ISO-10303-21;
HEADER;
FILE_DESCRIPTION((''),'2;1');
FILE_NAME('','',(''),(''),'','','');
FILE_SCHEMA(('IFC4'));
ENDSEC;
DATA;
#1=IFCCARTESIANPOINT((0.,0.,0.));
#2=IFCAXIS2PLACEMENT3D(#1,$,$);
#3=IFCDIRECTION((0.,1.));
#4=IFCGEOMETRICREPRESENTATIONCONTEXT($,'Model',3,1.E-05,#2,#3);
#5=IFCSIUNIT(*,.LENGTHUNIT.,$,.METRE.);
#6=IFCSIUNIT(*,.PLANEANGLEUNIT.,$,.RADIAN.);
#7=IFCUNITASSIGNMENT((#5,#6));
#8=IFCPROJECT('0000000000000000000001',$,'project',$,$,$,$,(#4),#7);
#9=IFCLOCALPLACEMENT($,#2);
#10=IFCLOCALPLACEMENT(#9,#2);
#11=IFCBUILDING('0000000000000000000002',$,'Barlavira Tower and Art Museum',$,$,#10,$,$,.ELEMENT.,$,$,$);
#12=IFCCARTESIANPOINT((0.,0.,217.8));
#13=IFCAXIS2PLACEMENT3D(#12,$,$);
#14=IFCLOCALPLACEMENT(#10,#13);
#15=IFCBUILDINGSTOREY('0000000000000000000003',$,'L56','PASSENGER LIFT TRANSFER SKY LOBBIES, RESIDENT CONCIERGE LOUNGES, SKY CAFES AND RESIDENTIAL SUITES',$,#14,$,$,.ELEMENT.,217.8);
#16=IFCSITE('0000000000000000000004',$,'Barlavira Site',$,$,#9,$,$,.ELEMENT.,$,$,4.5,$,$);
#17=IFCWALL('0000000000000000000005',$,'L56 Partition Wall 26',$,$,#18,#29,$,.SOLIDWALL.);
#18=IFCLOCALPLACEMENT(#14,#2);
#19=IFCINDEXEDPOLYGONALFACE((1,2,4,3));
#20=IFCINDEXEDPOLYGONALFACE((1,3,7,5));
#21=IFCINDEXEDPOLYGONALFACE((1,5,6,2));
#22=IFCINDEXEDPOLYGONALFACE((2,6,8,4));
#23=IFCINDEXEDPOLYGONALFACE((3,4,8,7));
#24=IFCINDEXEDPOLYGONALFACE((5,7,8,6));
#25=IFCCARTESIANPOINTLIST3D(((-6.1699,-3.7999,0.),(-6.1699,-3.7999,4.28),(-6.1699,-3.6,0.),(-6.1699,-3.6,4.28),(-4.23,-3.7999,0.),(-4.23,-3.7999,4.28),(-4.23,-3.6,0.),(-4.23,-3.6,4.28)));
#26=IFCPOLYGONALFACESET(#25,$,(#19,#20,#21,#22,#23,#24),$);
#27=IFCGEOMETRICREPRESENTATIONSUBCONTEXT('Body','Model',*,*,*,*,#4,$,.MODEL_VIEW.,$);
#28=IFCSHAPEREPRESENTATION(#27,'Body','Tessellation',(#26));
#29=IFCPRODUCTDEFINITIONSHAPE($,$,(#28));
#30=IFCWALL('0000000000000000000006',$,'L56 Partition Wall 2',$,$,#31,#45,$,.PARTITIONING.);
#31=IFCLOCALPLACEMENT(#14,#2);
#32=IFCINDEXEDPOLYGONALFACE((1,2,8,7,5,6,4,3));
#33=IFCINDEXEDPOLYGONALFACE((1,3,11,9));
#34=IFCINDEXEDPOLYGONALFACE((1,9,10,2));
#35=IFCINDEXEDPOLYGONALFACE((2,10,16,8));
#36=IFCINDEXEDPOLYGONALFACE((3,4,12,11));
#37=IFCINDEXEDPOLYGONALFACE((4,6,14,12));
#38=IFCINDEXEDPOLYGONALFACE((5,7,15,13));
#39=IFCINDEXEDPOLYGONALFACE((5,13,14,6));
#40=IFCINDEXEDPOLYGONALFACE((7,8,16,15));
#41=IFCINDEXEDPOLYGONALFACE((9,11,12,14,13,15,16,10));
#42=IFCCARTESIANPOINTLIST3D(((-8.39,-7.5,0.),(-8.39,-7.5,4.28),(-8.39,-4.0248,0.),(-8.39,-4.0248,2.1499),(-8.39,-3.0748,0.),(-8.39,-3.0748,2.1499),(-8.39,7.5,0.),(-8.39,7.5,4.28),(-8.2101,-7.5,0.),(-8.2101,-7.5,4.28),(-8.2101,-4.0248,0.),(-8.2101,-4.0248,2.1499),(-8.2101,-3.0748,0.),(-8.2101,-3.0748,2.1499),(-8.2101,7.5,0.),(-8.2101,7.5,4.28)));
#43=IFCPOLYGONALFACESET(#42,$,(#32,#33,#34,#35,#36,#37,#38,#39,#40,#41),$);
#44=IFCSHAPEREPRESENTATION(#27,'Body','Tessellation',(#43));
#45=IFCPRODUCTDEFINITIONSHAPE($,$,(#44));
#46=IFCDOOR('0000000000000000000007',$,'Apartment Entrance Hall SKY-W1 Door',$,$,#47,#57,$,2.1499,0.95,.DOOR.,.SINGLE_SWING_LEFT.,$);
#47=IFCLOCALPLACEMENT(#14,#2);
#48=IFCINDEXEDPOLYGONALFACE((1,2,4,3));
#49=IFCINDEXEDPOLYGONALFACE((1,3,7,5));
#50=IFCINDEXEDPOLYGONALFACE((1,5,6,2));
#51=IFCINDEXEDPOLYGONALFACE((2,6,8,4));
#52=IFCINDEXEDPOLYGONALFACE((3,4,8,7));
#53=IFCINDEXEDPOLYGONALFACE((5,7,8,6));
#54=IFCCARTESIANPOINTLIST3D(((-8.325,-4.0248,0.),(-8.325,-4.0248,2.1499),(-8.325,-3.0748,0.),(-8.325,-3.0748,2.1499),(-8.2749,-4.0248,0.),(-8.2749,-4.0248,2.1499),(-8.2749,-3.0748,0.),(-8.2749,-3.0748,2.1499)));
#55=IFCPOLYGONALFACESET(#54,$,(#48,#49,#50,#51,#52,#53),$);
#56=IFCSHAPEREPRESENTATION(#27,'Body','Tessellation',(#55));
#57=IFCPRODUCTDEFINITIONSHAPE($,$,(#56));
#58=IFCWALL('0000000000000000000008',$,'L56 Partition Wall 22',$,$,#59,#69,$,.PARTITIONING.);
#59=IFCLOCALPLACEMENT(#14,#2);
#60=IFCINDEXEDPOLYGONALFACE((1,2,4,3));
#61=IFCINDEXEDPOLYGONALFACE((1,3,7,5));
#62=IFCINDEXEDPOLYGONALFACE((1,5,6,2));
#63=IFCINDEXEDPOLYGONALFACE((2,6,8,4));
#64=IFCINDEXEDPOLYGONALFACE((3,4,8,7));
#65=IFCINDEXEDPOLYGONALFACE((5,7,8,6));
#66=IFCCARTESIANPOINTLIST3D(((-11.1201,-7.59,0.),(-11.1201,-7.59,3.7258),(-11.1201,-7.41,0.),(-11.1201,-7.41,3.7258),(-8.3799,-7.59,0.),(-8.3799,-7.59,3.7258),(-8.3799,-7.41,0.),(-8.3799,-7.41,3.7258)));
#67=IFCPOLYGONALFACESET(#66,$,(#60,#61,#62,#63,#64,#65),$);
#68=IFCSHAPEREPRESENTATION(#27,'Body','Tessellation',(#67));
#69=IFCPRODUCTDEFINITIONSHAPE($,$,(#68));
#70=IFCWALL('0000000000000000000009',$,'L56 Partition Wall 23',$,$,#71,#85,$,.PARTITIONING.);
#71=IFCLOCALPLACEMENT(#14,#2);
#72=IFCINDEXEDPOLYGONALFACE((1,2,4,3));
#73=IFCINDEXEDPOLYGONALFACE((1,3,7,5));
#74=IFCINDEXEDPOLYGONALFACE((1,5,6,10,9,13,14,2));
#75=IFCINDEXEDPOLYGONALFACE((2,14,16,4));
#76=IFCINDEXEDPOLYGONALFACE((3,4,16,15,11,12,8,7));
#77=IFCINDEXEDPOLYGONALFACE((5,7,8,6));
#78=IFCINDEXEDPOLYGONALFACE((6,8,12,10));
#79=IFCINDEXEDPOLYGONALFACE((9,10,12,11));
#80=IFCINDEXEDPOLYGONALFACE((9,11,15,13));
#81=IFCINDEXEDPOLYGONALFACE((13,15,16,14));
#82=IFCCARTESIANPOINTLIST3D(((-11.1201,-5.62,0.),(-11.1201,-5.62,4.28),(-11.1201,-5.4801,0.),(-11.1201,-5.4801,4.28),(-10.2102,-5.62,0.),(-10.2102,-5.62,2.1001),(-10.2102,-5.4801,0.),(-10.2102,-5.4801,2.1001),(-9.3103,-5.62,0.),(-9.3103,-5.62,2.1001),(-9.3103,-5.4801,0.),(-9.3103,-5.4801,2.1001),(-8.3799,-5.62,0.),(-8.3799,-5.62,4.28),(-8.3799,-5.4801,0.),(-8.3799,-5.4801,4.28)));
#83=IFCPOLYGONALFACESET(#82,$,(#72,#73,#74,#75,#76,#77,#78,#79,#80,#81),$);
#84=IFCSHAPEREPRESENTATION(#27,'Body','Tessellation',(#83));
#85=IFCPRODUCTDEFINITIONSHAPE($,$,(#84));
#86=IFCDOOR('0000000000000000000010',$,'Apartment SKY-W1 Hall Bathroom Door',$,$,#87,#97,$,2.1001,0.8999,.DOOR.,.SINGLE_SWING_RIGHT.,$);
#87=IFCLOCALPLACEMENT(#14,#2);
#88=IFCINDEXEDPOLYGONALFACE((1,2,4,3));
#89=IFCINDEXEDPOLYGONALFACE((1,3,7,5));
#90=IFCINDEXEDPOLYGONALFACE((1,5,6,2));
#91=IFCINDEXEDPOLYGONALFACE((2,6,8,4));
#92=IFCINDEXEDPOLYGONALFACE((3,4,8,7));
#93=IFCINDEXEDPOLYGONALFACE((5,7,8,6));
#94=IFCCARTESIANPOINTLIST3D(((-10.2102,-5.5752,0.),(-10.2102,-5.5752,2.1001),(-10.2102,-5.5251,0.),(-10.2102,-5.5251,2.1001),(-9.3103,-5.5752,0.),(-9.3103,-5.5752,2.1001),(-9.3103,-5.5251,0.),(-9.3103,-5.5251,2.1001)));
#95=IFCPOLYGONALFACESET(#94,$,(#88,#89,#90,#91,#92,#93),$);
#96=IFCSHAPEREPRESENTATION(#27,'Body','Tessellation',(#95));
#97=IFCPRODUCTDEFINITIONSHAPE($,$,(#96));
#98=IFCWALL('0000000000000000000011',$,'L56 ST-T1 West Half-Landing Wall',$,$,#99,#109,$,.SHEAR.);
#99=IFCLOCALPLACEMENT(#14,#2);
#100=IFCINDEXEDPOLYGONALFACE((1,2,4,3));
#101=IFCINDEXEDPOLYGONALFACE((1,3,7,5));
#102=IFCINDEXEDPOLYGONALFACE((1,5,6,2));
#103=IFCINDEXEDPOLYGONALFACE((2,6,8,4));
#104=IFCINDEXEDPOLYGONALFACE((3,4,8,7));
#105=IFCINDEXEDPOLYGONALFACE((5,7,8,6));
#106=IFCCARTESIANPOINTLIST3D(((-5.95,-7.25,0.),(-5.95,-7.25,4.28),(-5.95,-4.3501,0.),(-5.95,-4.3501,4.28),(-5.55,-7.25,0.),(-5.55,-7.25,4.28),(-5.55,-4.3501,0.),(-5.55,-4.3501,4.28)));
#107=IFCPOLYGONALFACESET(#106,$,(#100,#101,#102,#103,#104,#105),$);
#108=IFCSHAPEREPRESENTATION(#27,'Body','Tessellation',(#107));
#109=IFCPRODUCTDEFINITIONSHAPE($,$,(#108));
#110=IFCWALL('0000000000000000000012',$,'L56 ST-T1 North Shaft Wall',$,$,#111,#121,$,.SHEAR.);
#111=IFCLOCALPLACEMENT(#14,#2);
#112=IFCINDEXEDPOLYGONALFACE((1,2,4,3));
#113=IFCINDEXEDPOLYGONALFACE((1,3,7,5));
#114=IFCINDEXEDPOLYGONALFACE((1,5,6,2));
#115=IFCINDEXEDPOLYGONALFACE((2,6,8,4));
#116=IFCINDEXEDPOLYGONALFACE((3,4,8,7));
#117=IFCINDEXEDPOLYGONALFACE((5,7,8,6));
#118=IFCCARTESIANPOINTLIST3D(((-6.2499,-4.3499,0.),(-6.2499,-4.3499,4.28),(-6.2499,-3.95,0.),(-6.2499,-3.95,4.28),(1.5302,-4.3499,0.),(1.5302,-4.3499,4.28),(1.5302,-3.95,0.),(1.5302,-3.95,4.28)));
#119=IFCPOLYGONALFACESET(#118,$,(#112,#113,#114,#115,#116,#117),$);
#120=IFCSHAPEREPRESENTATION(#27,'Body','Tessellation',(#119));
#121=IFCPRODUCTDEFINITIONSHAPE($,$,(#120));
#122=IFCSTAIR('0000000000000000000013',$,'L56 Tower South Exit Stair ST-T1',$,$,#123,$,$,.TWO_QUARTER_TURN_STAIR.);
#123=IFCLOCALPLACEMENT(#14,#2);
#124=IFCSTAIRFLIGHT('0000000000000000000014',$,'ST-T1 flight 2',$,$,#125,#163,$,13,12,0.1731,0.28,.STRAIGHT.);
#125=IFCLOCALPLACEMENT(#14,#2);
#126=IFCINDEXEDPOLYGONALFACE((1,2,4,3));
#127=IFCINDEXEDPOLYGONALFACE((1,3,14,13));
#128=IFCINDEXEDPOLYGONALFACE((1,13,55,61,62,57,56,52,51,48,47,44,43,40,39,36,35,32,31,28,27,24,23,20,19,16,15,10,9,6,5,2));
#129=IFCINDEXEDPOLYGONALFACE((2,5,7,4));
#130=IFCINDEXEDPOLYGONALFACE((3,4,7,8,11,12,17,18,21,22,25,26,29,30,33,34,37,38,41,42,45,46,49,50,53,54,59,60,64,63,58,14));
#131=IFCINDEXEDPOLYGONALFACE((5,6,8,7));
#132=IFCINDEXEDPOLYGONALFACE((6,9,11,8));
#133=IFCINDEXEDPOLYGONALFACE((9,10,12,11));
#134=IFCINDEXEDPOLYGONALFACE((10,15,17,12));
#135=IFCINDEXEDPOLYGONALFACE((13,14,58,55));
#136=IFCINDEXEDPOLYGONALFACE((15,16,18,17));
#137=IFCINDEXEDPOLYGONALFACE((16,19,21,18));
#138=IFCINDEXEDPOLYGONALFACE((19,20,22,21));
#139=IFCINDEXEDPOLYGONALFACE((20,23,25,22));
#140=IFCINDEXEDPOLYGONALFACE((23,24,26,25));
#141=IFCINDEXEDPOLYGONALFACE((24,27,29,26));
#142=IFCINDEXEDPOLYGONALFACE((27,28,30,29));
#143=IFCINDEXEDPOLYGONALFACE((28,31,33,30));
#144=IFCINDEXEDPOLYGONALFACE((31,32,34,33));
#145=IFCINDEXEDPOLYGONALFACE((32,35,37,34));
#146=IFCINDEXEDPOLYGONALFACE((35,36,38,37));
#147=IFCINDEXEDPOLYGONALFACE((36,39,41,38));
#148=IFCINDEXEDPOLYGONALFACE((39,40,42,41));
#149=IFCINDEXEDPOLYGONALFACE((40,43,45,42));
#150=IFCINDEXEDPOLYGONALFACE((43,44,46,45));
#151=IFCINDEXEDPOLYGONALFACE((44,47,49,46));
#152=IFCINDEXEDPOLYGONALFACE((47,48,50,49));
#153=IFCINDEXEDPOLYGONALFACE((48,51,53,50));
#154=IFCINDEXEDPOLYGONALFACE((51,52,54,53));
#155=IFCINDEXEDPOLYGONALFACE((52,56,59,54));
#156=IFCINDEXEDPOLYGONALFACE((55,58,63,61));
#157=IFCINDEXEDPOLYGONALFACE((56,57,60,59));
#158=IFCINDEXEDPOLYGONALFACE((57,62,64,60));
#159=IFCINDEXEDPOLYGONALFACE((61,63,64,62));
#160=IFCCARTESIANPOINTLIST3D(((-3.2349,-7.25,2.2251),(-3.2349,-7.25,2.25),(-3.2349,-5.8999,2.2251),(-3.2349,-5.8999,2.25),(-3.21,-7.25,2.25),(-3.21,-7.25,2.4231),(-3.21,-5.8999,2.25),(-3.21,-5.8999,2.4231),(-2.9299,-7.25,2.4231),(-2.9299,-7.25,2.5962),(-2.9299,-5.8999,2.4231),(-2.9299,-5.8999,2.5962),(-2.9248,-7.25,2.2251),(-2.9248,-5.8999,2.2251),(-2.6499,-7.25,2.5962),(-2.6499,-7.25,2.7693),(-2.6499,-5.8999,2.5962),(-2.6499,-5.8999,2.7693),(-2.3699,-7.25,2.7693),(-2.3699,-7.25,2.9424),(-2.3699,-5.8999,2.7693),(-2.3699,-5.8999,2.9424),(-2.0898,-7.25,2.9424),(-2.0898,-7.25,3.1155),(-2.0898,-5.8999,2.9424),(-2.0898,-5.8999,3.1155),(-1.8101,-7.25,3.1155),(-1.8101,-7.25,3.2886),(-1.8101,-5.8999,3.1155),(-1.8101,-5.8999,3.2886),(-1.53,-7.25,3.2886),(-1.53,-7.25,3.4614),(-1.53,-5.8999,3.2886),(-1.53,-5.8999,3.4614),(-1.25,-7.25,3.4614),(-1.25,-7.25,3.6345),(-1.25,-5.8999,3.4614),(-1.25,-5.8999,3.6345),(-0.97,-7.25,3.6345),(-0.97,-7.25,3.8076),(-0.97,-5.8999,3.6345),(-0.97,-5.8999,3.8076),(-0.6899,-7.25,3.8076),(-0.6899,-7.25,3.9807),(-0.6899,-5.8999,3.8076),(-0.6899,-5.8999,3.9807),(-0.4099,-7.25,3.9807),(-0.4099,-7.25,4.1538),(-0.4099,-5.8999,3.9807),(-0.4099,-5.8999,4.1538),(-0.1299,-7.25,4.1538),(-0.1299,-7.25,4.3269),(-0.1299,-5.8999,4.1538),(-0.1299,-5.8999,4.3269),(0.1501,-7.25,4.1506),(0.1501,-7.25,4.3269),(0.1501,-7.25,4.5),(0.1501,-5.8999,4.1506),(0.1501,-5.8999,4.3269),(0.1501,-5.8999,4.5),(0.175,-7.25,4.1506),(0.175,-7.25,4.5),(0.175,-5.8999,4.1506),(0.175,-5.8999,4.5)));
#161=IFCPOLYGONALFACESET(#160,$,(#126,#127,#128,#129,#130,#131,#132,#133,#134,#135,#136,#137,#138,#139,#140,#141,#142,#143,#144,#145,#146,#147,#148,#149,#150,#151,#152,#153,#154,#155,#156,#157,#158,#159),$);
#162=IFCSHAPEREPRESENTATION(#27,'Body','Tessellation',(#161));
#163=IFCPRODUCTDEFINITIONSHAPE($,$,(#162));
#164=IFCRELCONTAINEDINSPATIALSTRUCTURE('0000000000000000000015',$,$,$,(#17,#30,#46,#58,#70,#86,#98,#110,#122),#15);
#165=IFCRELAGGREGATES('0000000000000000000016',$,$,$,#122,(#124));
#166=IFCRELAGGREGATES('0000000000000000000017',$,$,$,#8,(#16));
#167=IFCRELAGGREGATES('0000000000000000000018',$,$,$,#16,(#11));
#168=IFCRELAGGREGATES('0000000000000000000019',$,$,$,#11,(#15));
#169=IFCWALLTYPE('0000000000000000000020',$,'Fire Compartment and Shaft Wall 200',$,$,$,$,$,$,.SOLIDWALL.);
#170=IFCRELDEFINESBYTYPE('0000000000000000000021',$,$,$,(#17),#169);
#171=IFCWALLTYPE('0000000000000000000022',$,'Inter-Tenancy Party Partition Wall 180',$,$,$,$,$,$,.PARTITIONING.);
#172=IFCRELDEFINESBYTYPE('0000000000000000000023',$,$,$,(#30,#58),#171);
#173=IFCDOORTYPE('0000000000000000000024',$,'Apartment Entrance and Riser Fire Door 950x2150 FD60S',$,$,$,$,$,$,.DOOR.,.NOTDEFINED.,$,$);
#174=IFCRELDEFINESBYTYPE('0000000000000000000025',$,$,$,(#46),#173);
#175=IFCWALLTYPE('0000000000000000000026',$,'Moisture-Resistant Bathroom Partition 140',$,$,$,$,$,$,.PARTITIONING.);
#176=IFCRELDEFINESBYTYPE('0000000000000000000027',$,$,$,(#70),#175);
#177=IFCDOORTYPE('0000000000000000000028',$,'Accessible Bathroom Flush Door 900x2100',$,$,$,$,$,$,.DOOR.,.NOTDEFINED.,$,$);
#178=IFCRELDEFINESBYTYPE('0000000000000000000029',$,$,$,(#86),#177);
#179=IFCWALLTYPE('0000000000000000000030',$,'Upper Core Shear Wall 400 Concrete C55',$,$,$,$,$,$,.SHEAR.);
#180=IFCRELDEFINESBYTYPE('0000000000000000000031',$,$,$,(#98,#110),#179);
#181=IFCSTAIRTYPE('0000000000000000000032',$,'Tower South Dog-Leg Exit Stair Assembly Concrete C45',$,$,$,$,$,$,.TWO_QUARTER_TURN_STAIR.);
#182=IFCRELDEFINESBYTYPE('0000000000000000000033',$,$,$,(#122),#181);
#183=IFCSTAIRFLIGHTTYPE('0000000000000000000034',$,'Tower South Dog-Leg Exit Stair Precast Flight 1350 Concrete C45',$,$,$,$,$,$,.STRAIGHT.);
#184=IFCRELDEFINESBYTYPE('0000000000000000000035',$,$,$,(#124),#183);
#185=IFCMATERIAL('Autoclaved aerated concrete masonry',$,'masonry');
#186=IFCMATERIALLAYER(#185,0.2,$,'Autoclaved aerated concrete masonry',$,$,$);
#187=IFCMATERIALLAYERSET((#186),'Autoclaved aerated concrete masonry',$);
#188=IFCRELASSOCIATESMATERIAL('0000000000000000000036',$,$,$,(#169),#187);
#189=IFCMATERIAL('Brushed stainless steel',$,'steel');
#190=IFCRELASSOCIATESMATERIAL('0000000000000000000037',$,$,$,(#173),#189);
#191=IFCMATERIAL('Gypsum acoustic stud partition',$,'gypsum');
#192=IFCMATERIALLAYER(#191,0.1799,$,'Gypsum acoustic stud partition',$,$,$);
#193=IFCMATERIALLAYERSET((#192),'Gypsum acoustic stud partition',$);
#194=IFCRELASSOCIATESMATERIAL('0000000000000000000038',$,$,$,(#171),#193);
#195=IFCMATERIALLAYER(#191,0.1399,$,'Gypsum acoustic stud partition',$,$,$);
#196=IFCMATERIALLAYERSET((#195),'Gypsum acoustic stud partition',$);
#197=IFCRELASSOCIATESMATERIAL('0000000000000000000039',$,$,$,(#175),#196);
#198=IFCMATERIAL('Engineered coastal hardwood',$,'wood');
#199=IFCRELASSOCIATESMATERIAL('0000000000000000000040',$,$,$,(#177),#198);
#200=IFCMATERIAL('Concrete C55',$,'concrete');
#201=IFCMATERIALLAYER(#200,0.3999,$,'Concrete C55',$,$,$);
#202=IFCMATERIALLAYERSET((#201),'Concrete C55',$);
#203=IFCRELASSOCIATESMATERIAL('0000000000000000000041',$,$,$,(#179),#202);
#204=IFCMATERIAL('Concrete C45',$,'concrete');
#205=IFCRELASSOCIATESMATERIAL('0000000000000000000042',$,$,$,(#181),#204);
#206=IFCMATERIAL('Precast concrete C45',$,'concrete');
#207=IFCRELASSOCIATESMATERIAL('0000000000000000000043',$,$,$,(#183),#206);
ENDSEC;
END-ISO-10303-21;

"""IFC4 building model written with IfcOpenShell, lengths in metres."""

from ifc_helpers import new_model, si_unit, direction, frame, frame_2d, origin, place, context, subcontext, project, spatial, polyline, rectangle, outline, extrude, material, layer, layer_set, type_object, element, fill, aggregate, save


model = new_model("IFC4")

# Units and contexts
model_context = context("Model", 3, precision=1e-05, world=origin(), true_north=direction((0.0, 1.0)))
body_context = subcontext(model_context, "Body", "Model", "MODEL_VIEW")
ifc_project = project(units=[si_unit("LENGTHUNIT", "METRE"), si_unit("PLANEANGLEUNIT", "RADIAN")], contexts=[model_context])

# Site, building, storey
site_placement = place(None, origin())
site = spatial("IfcSite", under=ifc_project, at=site_placement, Name="Barlavira Site", CompositionType="ELEMENT", RefElevation=4.5)
building_placement = place(site_placement, origin())
building = spatial("IfcBuilding", under=site, at=building_placement, Name="Barlavira Tower and Art Museum", CompositionType="ELEMENT")
storey_placement = place(building_placement, frame((0.0, 0.0, 217.8)))
storey = spatial("IfcBuildingStorey", under=building, at=storey_placement, Name="L56", Description="PASSENGER LIFT TRANSFER SKY LOBBIES, RESIDENT CONCIERGE LOUNGES, SKY CAFES AND RESIDENTIAL SUITES", CompositionType="ELEMENT", Elevation=217.8)

# Shared definitions
ifc_material_1 = material(Name="Gypsum acoustic stud partition", Category="gypsum")
ifc_material_2 = material(Name="Engineered coastal hardwood", Category="wood")

# Shared definitions
ifc_material_3 = material(Name="Autoclaved aerated concrete masonry", Category="masonry")
ifc_layer_1 = layer(ifc_material_3, 0.2, Name="Autoclaved aerated concrete masonry")
ifc_layer_set_1 = layer_set([ifc_layer_1], Name="Autoclaved aerated concrete masonry")
wall_type_1 = type_object("IfcWallType", Name="Fire Compartment and Shaft Wall 200", PredefinedType="SOLIDWALL", material=ifc_layer_set_1)

# Shared definitions
ifc_material_4 = material(Name="Brushed stainless steel", Category="steel")
door_type_1 = type_object("IfcDoorType", Name="Apartment Entrance and Riser Fire Door 950x2150 FD60S", OperationType="NOTDEFINED", PredefinedType="DOOR", material=ifc_material_4)

# Wall
wall_1_placement = place(storey_placement, frame((-6.1699, -3.7, 0.0), z_axis=(0.0, 0.0, 1.0), x_axis=(1.0, 0.0, 0.0)))
element("IfcWall", 1, at=wall_1_placement, inside=storey, type_object=wall_type_1, Name="L56 Partition Wall 26", PredefinedType="SOLIDWALL", context=body_context, shape_type="SweptSolid", body=[
    extrude(rectangle(XDim=1.9399, YDim=0.2, at=frame_2d((0.97, 0.0))), origin(), (0.0, 0.0, 1.0), 4.28),
])

# Wall, opening, door
ifc_layer_2 = layer(ifc_material_1, 0.1799, Name="Gypsum acoustic stud partition")
ifc_layer_set_2 = layer_set([ifc_layer_2], Name="Gypsum acoustic stud partition")
wall_type_2 = type_object("IfcWallType", Name="Inter-Tenancy Party Partition Wall 180", PredefinedType="PARTITIONING", material=ifc_layer_set_2)
wall_2_placement = place(storey_placement, frame((-8.3, -7.5, 0.0), z_axis=(0.0, 0.0, 1.0), x_axis=(0.0, 1.0, 0.0)))
wall_2 = element("IfcWall", 2, at=wall_2_placement, inside=storey, type_object=wall_type_2, Name="L56 Partition Wall 2", PredefinedType="PARTITIONING", context=body_context, shape_type="SweptSolid", body=[
    extrude(rectangle(XDim=15.0, YDim=0.1799, at=frame_2d((7.5, 0.0))), origin(), (0.0, 0.0, 1.0), 4.28),
])
opening_1_placement = place(wall_2_placement, frame((3.4751, 0.0, 0.0)))
opening_1 = element("IfcOpeningElement", 3, at=opening_1_placement, cuts=wall_2, PredefinedType="OPENING", context=body_context, shape_type="SweptSolid", body=[
    extrude(rectangle(XDim=0.95, YDim=2.1499, at=frame_2d((0.4751, 1.075))), frame((0.0, 0.1001, 0.0), z_axis=(0.0, -1.0, 0.0), x_axis=(1.0, 0.0, 0.0)), (0.0, 0.0, 1.0), 0.2),
])
door_1_placement = place(opening_1_placement, origin())
door_1 = element("IfcDoor", 4, at=door_1_placement, inside=storey, type_object=door_type_1, Name="Apartment Entrance Hall SKY-W1 Door", OperationType="SINGLE_SWING_LEFT", OverallHeight=2.1499, OverallWidth=0.95, PredefinedType="DOOR", context=body_context, shape_type="SweptSolid", body=[
    extrude(rectangle(XDim=0.95, YDim=2.1499, at=frame_2d((0.4751, 1.075))), frame((0.0, 0.0249, 0.0), z_axis=(0.0, -1.0, 0.0), x_axis=(1.0, 0.0, 0.0)), (0.0, 0.0, 1.0), 0.05),
])
fill(opening_1, door_1)

# Wall
wall_3_placement = place(storey_placement, frame((-11.1201, -7.5, 0.0), z_axis=(0.0, 0.0, 1.0), x_axis=(1.0, 0.0, 0.0)))
element("IfcWall", 5, at=wall_3_placement, inside=storey, type_object=wall_type_2, Name="L56 Partition Wall 22", PredefinedType="PARTITIONING", context=body_context, shape_type="SweptSolid", body=[
    extrude(rectangle(XDim=2.7402, YDim=0.1799, at=frame_2d((1.3701, 0.0))), origin(), (0.0, 0.0, 1.0), 3.7258),
])

# Wall, opening, door
ifc_layer_3 = layer(ifc_material_1, 0.1399, Name="Gypsum acoustic stud partition")
ifc_layer_set_3 = layer_set([ifc_layer_3], Name="Gypsum acoustic stud partition")
wall_type_3 = type_object("IfcWallType", Name="Moisture-Resistant Bathroom Partition 140", PredefinedType="PARTITIONING", material=ifc_layer_set_3)
wall_4_placement = place(storey_placement, frame((-11.1201, -5.55, 0.0), z_axis=(0.0, 0.0, 1.0), x_axis=(1.0, 0.0, 0.0)))
wall_4 = element("IfcWall", 6, at=wall_4_placement, inside=storey, type_object=wall_type_3, Name="L56 Partition Wall 23", PredefinedType="PARTITIONING", context=body_context, shape_type="SweptSolid", body=[
    extrude(rectangle(XDim=2.7402, YDim=0.1399, at=frame_2d((1.3701, 0.0))), origin(), (0.0, 0.0, 1.0), 4.28),
])
opening_2_placement = place(wall_4_placement, frame((0.9099, 0.0, 0.0)))
opening_2 = element("IfcOpeningElement", 7, at=opening_2_placement, cuts=wall_4, PredefinedType="OPENING", context=body_context, shape_type="SweptSolid", body=[
    extrude(rectangle(XDim=0.8999, YDim=2.1001, at=frame_2d((0.45, 1.05))), frame((0.0, 0.0801, 0.0), z_axis=(0.0, -1.0, 0.0), x_axis=(1.0, 0.0, 0.0)), (0.0, 0.0, 1.0), 0.1599),
])
door_type_2 = type_object("IfcDoorType", Name="Accessible Bathroom Flush Door 900x2100", OperationType="NOTDEFINED", PredefinedType="DOOR", material=ifc_material_2)
door_2_placement = place(opening_2_placement, origin())
door_2 = element("IfcDoor", 8, at=door_2_placement, inside=storey, type_object=door_type_2, Name="Apartment SKY-W1 Hall Bathroom Door", OperationType="SINGLE_SWING_RIGHT", OverallHeight=2.1001, OverallWidth=0.8999, PredefinedType="DOOR", context=body_context, shape_type="SweptSolid", body=[
    extrude(rectangle(XDim=0.8999, YDim=2.1001, at=frame_2d((0.45, 1.05))), frame((0.0, 0.0249, 0.0), z_axis=(0.0, -1.0, 0.0), x_axis=(1.0, 0.0, 0.0)), (0.0, 0.0, 1.0), 0.05),
])
fill(opening_2, door_2)

# Walls
ifc_material_5 = material(Name="Concrete C55", Category="concrete")
ifc_layer_4 = layer(ifc_material_5, 0.3999, Name="Concrete C55")
ifc_layer_set_4 = layer_set([ifc_layer_4], Name="Concrete C55")
wall_type_4 = type_object("IfcWallType", Name="Upper Core Shear Wall 400 Concrete C55", PredefinedType="SHEAR", material=ifc_layer_set_4)
wall_5_placement = place(storey_placement, frame((-5.75, -7.25, 0.0), z_axis=(0.0, 0.0, 1.0), x_axis=(0.0, 1.0, 0.0)))
element("IfcWall", 9, at=wall_5_placement, inside=storey, type_object=wall_type_4, Name="L56 ST-T1 West Half-Landing Wall", PredefinedType="SHEAR", context=body_context, shape_type="SweptSolid", body=[
    extrude(rectangle(XDim=2.8999, YDim=0.3999, at=frame_2d((1.45, 0.0))), origin(), (0.0, 0.0, 1.0), 4.28),
])
wall_6_placement = place(storey_placement, frame((-6.25, -4.1499, 0.0), z_axis=(0.0, 0.0, 1.0), x_axis=(1.0, 0.0, 0.0)))
element("IfcWall", 10, at=wall_6_placement, inside=storey, type_object=wall_type_4, Name="L56 ST-T1 North Shaft Wall", PredefinedType="SHEAR", context=body_context, shape_type="SweptSolid", body=[
    extrude(rectangle(XDim=7.78, YDim=0.3999, at=frame_2d((3.8901, 0.0))), origin(), (0.0, 0.0, 1.0), 4.28),
])

# Stair, stair flight
ifc_material_6 = material(Name="Concrete C45", Category="concrete")
stair_type = type_object("IfcStairType", Name="Tower South Dog-Leg Exit Stair Assembly Concrete C45", PredefinedType="TWO_QUARTER_TURN_STAIR", material=ifc_material_6)
stair_placement = place(storey_placement, origin())
stair = element("IfcStair", 11, at=stair_placement, inside=storey, type_object=stair_type, Name="L56 Tower South Exit Stair ST-T1", PredefinedType="TWO_QUARTER_TURN_STAIR")
ifc_material_7 = material(Name="Precast concrete C45", Category="concrete")
stair_flight_type = type_object("IfcStairFlightType", Name="Tower South Dog-Leg Exit Stair Precast Flight 1350 Concrete C45", PredefinedType="STRAIGHT", material=ifc_material_7)
stair_flight_placement = place(storey_placement, frame((-3.21, -6.575, 2.25), z_axis=(0.0, 0.0, 1.0), x_axis=(1.0, 0.0, 0.0)))
stair_flight = element("IfcStairFlight", 12, at=stair_flight_placement, type_object=stair_flight_type, Name="ST-T1 flight 2", NumberOfRisers=13, NumberOfTreads=12, PredefinedType="STRAIGHT", RiserHeight=0.1731, TreadLength=0.28, context=body_context, shape_type="SweptSolid", body=[
    extrude(outline(polyline([(-0.0249, 0.0), (0.0, 0.0), (0.0, 0.1731), (0.28, 0.1731), (0.28, 0.3462), (0.5601, 0.3462), (0.5601, 0.5193), (0.8401, 0.5193), (0.8401, 0.6924), (1.1201, 0.6924), (1.1201, 0.8655), (1.3999, 0.8655), (1.3999, 1.0386), (1.6799, 1.0386), (1.6799, 1.2114), (1.96, 1.2114), (1.96, 1.3845), (2.24, 1.3845), (2.24, 1.5576), (2.52, 1.5576), (2.52, 1.7307), (2.8, 1.7307), (2.8, 1.9038), (3.0801, 1.9038), (3.0801, 2.0769), (3.3601, 2.0769), (3.3601, 2.25), (3.385, 2.25), (3.385, 1.9006), (3.3601, 1.9006), (0.2852, -0.0249), (-0.0249, -0.0249), (-0.0249, 0.0)])), frame((0.0, 0.675, 0.0), z_axis=(0.0, -1.0, 0.0), x_axis=(1.0, 0.0, 0.0)), (0.0, 0.0, 1.0), 1.3501),
])
aggregate(stair, [stair_flight])

save(model, "model.ifc")
